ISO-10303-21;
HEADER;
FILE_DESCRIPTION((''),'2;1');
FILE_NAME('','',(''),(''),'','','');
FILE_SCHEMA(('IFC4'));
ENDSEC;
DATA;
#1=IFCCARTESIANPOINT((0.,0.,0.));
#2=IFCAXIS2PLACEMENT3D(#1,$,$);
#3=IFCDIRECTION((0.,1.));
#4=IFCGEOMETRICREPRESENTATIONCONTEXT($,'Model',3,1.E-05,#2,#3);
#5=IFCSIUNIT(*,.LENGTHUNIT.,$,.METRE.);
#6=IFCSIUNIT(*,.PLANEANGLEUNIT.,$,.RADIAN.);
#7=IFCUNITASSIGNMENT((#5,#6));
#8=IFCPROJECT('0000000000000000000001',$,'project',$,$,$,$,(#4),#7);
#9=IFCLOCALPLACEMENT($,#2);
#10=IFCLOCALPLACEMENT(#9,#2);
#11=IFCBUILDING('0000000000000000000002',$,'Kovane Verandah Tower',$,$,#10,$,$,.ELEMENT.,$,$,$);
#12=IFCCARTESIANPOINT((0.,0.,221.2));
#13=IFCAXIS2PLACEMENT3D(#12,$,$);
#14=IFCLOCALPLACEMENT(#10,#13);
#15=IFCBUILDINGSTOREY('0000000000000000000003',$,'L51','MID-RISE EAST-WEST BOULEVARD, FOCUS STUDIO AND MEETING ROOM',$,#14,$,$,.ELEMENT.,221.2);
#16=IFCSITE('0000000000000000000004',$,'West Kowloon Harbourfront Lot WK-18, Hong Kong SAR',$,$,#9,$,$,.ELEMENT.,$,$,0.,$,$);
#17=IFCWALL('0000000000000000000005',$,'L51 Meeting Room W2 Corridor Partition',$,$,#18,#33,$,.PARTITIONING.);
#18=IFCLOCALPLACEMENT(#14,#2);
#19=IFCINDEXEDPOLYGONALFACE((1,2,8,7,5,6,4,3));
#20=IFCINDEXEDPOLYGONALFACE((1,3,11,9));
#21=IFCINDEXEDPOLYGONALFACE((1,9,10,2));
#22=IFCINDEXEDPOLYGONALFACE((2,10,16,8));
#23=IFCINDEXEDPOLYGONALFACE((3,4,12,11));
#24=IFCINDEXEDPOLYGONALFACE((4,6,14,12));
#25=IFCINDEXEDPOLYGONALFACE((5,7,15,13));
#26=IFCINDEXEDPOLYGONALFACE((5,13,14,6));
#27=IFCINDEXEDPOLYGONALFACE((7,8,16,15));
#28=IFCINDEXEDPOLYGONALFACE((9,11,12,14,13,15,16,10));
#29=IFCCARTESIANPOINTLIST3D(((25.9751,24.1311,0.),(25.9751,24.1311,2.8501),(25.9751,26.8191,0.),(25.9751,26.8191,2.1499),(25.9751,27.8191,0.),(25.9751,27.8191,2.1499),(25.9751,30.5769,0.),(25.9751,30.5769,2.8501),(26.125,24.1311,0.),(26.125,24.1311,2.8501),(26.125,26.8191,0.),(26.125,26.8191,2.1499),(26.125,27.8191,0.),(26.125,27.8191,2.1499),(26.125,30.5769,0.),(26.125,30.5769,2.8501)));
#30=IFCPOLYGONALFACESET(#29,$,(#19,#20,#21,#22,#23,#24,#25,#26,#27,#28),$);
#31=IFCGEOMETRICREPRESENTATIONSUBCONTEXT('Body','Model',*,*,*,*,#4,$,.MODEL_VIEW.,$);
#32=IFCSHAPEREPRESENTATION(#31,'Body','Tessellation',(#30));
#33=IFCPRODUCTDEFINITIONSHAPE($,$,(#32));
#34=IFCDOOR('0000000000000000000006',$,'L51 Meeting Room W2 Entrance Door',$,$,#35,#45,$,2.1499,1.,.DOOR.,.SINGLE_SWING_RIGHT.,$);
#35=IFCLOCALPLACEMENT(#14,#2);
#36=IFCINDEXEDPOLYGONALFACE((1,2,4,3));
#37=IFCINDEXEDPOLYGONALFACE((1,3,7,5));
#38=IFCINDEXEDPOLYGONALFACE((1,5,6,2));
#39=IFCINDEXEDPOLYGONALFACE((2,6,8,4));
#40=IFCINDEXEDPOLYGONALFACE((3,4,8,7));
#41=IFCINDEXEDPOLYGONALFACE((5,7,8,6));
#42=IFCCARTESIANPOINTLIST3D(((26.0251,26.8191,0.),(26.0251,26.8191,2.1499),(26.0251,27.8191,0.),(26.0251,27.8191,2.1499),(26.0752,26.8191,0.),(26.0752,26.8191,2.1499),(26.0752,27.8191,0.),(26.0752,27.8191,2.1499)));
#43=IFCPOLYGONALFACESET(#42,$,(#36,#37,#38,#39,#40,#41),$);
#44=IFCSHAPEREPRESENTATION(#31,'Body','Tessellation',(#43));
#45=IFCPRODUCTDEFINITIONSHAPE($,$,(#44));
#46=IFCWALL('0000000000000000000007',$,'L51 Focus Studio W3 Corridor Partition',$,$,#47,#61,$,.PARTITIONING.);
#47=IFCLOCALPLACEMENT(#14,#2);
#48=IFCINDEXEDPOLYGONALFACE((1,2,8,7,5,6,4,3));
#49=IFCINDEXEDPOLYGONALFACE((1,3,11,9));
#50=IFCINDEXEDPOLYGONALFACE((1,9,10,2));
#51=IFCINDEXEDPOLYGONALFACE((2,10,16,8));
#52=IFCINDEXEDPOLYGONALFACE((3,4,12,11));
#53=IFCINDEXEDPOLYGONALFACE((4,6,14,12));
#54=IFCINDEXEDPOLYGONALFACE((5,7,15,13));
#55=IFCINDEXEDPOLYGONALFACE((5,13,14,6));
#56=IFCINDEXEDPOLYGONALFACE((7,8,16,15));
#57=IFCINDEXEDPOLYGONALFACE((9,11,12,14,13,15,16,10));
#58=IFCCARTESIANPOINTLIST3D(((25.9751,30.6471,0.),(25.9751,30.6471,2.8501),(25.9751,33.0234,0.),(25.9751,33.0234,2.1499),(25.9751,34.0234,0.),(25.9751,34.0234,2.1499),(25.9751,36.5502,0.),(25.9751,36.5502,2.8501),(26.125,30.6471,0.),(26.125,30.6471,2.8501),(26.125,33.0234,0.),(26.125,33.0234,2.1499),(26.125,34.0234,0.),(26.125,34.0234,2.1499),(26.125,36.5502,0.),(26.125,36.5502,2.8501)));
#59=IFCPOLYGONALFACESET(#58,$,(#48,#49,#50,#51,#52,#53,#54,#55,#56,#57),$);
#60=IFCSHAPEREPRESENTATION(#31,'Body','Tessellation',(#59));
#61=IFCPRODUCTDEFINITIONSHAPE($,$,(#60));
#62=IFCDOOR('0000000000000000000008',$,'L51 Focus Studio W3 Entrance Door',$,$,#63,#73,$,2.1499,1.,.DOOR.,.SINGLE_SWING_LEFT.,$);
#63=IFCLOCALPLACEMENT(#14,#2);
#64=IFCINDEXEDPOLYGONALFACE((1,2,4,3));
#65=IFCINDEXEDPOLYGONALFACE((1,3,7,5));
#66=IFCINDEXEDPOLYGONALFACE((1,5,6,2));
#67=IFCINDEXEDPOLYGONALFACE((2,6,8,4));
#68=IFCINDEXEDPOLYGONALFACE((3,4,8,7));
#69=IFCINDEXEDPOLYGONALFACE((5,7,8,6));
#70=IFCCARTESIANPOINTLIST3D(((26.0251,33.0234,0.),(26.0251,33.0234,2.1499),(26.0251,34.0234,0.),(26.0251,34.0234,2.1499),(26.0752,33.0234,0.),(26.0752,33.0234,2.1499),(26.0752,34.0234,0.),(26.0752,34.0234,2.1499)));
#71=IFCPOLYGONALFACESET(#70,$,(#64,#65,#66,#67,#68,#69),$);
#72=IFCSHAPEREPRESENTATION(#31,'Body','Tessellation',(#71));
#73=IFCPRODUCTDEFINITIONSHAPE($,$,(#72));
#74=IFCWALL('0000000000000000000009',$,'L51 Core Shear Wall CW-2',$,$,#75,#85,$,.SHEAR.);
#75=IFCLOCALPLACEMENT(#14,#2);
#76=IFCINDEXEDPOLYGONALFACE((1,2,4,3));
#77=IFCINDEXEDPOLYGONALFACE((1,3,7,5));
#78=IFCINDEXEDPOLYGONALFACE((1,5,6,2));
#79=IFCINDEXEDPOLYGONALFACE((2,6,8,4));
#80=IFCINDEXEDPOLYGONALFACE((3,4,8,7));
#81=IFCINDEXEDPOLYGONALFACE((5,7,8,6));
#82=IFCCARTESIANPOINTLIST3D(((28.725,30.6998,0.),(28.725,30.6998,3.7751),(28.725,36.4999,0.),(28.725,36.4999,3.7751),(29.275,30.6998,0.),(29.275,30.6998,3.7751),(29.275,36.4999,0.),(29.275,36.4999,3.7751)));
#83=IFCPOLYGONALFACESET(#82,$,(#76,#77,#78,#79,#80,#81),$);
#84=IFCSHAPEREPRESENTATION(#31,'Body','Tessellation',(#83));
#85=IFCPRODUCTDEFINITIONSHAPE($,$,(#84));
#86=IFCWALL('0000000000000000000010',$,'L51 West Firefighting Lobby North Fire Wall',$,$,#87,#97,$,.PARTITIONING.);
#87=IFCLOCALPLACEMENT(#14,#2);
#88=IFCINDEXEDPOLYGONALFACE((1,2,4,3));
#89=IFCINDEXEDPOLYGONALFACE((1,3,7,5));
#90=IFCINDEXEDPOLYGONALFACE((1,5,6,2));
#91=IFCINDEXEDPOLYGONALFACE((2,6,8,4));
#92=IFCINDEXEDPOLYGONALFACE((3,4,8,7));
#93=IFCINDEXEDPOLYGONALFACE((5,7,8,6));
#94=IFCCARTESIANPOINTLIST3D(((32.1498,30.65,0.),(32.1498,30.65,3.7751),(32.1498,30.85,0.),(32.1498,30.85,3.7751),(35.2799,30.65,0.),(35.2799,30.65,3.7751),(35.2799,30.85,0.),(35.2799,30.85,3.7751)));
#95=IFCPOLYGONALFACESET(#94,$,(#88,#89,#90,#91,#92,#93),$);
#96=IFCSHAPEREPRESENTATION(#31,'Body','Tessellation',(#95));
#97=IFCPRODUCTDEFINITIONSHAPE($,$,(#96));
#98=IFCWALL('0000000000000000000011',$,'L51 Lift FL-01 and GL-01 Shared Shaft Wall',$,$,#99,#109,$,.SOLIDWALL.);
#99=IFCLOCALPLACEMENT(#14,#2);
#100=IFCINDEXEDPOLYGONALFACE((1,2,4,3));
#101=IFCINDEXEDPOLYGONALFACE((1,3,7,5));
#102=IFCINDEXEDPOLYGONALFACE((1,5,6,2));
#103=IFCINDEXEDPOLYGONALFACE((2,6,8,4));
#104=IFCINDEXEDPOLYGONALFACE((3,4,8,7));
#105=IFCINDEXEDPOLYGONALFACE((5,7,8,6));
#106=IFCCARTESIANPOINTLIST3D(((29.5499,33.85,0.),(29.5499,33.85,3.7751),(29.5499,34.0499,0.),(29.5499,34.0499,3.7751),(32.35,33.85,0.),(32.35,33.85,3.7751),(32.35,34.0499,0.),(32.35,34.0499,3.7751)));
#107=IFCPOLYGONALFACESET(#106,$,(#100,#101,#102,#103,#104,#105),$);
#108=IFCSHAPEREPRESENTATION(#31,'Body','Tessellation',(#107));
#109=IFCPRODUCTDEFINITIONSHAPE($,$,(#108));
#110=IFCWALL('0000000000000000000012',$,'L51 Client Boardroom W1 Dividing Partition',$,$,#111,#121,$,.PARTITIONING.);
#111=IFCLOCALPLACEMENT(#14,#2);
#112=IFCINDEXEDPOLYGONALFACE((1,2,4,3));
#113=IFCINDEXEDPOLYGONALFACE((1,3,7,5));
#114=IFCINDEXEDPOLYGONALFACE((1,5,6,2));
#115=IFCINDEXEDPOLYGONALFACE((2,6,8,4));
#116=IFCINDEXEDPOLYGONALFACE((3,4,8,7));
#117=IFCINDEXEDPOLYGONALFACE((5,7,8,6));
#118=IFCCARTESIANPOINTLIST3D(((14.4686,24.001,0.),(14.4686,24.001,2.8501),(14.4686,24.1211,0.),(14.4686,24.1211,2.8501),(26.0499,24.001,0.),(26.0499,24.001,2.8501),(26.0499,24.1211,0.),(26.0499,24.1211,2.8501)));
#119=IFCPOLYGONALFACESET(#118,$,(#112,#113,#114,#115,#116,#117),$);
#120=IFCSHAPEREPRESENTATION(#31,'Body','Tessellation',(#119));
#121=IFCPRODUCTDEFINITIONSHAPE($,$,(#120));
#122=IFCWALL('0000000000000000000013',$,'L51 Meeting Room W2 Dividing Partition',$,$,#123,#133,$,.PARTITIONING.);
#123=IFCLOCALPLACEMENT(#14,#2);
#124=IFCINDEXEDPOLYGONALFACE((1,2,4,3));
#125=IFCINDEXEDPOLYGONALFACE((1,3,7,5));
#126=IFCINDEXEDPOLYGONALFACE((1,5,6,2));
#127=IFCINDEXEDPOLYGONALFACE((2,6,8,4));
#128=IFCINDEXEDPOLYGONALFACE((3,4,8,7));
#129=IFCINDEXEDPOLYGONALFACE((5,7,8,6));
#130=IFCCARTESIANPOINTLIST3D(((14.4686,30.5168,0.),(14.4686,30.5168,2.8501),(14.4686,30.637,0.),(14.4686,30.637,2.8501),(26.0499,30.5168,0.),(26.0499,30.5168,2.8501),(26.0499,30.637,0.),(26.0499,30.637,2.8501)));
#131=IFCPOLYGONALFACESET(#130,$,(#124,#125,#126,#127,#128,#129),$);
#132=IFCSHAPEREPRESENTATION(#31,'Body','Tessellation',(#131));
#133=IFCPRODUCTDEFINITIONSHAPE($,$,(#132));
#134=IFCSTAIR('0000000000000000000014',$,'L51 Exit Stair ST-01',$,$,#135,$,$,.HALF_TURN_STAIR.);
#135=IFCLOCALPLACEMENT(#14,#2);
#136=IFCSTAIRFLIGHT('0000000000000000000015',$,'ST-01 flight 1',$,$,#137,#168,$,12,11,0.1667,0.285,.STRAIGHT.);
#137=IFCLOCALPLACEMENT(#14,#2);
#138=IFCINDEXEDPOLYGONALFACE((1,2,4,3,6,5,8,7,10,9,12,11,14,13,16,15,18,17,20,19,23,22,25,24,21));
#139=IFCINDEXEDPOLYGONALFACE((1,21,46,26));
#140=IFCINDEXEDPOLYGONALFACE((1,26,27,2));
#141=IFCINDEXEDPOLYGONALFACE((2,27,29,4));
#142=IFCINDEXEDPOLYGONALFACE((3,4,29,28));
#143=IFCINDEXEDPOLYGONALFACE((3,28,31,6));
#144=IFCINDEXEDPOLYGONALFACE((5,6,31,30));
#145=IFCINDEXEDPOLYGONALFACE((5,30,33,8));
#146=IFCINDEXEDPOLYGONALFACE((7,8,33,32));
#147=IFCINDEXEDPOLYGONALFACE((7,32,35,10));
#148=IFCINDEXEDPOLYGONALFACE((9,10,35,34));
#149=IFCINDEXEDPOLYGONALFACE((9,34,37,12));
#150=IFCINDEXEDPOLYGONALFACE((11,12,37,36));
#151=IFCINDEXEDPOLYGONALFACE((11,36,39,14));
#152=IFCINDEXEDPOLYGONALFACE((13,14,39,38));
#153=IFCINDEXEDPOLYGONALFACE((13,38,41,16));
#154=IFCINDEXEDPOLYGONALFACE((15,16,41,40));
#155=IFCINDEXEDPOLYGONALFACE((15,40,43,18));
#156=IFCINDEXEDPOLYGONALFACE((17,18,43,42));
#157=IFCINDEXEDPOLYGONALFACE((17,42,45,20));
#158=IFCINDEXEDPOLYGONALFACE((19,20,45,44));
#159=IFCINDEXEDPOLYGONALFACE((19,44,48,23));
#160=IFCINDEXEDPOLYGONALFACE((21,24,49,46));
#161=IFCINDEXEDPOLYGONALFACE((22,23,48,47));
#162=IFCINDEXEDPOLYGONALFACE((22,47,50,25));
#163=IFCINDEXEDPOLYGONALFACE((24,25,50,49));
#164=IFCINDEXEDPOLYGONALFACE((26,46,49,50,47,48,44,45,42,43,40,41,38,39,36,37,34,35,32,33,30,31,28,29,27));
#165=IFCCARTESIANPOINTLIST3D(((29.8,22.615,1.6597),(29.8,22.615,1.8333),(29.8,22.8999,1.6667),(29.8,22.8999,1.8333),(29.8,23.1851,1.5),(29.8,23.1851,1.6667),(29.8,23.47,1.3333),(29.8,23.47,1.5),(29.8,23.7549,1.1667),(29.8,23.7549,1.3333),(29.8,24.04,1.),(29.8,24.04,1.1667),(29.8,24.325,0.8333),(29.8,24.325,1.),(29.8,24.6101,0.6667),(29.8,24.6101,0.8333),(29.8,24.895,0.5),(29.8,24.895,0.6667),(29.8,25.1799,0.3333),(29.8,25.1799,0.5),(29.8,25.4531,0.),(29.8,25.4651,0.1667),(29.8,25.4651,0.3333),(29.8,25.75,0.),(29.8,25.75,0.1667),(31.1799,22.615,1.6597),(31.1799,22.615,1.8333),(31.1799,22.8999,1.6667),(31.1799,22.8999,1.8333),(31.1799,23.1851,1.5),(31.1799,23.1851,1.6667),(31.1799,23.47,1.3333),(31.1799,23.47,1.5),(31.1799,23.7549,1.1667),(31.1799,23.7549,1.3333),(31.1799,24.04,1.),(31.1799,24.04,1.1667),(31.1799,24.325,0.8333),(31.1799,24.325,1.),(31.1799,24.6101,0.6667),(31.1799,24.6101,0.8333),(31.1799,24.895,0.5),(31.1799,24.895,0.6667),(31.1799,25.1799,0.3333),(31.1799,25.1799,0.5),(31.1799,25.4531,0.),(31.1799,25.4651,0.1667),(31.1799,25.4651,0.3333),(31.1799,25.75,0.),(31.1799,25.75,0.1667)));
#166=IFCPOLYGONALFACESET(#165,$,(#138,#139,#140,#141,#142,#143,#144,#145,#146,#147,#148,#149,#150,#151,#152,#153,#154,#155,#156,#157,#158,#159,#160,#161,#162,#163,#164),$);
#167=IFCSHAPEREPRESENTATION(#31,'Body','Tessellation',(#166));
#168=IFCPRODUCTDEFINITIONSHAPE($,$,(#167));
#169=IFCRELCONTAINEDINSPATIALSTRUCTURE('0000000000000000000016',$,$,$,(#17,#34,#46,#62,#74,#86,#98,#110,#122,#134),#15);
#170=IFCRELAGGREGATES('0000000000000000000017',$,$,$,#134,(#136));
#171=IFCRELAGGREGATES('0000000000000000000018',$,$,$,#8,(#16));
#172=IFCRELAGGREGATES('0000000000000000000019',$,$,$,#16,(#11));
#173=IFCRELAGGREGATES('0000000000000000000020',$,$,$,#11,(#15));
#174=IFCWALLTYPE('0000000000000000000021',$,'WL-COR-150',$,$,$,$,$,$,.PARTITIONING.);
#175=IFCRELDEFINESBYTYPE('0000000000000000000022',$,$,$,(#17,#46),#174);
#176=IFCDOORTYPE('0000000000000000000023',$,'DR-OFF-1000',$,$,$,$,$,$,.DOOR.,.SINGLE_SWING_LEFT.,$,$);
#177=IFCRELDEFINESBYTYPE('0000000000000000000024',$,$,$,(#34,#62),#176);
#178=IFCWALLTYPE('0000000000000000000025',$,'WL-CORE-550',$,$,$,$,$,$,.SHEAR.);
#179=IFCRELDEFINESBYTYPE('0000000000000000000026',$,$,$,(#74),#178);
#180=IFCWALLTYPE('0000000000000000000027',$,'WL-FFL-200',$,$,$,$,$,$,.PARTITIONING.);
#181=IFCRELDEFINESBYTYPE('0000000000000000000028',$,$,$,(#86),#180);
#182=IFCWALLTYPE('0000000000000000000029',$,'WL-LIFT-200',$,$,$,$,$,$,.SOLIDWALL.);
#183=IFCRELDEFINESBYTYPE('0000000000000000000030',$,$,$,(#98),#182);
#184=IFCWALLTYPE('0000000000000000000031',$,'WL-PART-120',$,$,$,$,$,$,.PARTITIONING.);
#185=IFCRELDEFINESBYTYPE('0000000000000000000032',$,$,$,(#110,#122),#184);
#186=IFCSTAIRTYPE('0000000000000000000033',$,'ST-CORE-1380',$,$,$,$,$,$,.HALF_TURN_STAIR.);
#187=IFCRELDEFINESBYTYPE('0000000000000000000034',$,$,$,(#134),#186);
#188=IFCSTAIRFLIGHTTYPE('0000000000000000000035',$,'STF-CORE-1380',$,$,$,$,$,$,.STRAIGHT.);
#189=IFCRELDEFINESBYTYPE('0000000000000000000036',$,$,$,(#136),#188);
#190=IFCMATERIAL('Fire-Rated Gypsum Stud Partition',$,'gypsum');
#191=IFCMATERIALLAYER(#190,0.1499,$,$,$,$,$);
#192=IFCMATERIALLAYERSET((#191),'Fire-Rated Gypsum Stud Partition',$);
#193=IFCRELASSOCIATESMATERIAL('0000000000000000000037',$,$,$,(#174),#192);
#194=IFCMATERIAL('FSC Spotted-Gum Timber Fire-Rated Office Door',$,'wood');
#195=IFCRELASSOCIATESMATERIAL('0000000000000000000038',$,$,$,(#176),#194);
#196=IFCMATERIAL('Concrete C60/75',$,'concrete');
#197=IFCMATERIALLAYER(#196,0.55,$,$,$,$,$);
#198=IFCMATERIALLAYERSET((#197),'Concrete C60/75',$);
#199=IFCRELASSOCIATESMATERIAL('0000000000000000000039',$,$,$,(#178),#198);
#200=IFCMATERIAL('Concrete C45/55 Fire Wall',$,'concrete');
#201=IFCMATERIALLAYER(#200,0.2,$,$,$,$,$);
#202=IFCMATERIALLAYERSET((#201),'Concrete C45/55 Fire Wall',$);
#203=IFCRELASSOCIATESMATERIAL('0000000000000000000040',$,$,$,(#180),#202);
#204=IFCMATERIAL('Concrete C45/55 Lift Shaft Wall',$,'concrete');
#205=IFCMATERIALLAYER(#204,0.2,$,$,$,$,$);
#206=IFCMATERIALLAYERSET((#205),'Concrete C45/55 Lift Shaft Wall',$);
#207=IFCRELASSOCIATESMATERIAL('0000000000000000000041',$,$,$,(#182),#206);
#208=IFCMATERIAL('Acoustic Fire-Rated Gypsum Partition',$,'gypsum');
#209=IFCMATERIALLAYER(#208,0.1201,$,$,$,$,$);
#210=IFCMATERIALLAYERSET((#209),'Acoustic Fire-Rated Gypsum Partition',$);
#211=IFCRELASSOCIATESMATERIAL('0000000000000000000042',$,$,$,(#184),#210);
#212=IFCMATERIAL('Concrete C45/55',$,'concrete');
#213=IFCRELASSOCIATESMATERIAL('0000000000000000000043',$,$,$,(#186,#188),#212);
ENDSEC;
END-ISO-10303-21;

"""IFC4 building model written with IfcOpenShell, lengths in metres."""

from ifc_helpers import new_model, si_unit, direction, frame, frame_2d, origin, place, context, subcontext, project, spatial, polyline, rectangle, outline, extrude, material, layer, layer_set, type_object, element, fill, aggregate, save


model = new_model("IFC4")

# Units and contexts
model_context = context("Model", 3, precision=1e-05, world=origin(), true_north=direction((0.0, 1.0)))
body_context = subcontext(model_context, "Body", "Model", "MODEL_VIEW")
ifc_project = project(units=[si_unit("LENGTHUNIT", "METRE"), si_unit("PLANEANGLEUNIT", "RADIAN")], contexts=[model_context])

# Site, building, storey
site_placement = place(None, origin())
site = spatial("IfcSite", under=ifc_project, at=site_placement, Name="West Kowloon Harbourfront Lot WK-18, Hong Kong SAR", CompositionType="ELEMENT", RefElevation=0.0)
building_placement = place(site_placement, origin())
building = spatial("IfcBuilding", under=site, at=building_placement, Name="Kovane Verandah Tower", CompositionType="ELEMENT")
storey_placement = place(building_placement, frame((0.0, 0.0, 221.2)))
storey = spatial("IfcBuildingStorey", under=building, at=storey_placement, Name="L51", Description="MID-RISE EAST-WEST BOULEVARD, FOCUS STUDIO AND MEETING ROOM", CompositionType="ELEMENT", Elevation=221.2)

# Shared definitions
ifc_material_1 = material(Name="Concrete C60/75", Category="concrete")

# Walls, openings, doors
ifc_material_2 = material(Name="Fire-Rated Gypsum Stud Partition", Category="gypsum")
ifc_layer_1 = layer(ifc_material_2, 0.1499)
ifc_layer_set_1 = layer_set([ifc_layer_1], Name="Fire-Rated Gypsum Stud Partition")
wall_type_1 = type_object("IfcWallType", Name="WL-COR-150", PredefinedType="PARTITIONING", material=ifc_layer_set_1)
wall_1_placement = place(storey_placement, frame((26.05, 24.1311, 0.0), z_axis=(0.0, 0.0, 1.0), x_axis=(0.0, 1.0, 0.0)))
wall_1 = element("IfcWall", 1, at=wall_1_placement, inside=storey, type_object=wall_type_1, Name="L51 Meeting Room W2 Corridor Partition", PredefinedType="PARTITIONING", context=body_context, shape_type="SweptSolid", body=[
    extrude(rectangle(XDim=6.4458, YDim=0.1499, at=frame_2d((3.2229, 0.0))), origin(), (0.0, 0.0, 1.0), 2.8501),
])
opening_1_placement = place(wall_1_placement, frame((2.688, 0.0, 0.0)))
opening_1 = element("IfcOpeningElement", 2, at=opening_1_placement, cuts=wall_1, PredefinedType="OPENING", context=body_context, shape_type="SweptSolid", body=[
    extrude(rectangle(XDim=1.0, YDim=2.1499, at=frame_2d((0.5, 1.075))), frame((0.0, 0.075, 0.0), z_axis=(0.0, -1.0, 0.0), x_axis=(1.0, 0.0, 0.0)), (0.0, 0.0, 1.0), 0.1499),
])
ifc_material_3 = material(Name="FSC Spotted-Gum Timber Fire-Rated Office Door", Category="wood")
door_type_1 = type_object("IfcDoorType", Name="DR-OFF-1000", OperationType="SINGLE_SWING_LEFT", PredefinedType="DOOR", material=ifc_material_3)
door_1_placement = place(opening_1_placement, origin())
door_1 = element("IfcDoor", 3, at=door_1_placement, inside=storey, type_object=door_type_1, Name="L51 Meeting Room W2 Entrance Door", OperationType="SINGLE_SWING_RIGHT", OverallHeight=2.1499, OverallWidth=1.0, PredefinedType="DOOR", context=body_context, shape_type="SweptSolid", body=[
    extrude(rectangle(XDim=1.0, YDim=2.1499, at=frame_2d((0.5, 1.075))), frame((0.0, 0.0249, 0.0), z_axis=(0.0, -1.0, 0.0), x_axis=(1.0, 0.0, 0.0)), (0.0, 0.0, 1.0), 0.05),
])
fill(opening_1, door_1)
wall_2_placement = place(storey_placement, frame((26.05, 30.647, 0.0), z_axis=(0.0, 0.0, 1.0), x_axis=(0.0, 1.0, 0.0)))
wall_2 = element("IfcWall", 4, at=wall_2_placement, inside=storey, type_object=wall_type_1, Name="L51 Focus Studio W3 Corridor Partition", PredefinedType="PARTITIONING", context=body_context, shape_type="SweptSolid", body=[
    extrude(rectangle(XDim=5.9031, YDim=0.1499, at=frame_2d((2.9517, 0.0))), origin(), (0.0, 0.0, 1.0), 2.8501),
])
opening_2_placement = place(wall_2_placement, frame((2.3765, 0.0, 0.0)))
opening_2 = element("IfcOpeningElement", 5, at=opening_2_placement, cuts=wall_2, PredefinedType="OPENING", context=body_context, shape_type="SweptSolid", body=[
    extrude(rectangle(XDim=1.0, YDim=2.1499, at=frame_2d((0.5, 1.075))), frame((0.0, 0.075, 0.0), z_axis=(0.0, -1.0, 0.0), x_axis=(1.0, 0.0, 0.0)), (0.0, 0.0, 1.0), 0.1499),
])
door_2_placement = place(opening_2_placement, origin())
door_2 = element("IfcDoor", 6, at=door_2_placement, inside=storey, type_object=door_type_1, Name="L51 Focus Studio W3 Entrance Door", OperationType="SINGLE_SWING_LEFT", OverallHeight=2.1499, OverallWidth=1.0, PredefinedType="DOOR", context=body_context, shape_type="SweptSolid", body=[
    extrude(rectangle(XDim=1.0, YDim=2.1499, at=frame_2d((0.5, 1.075))), frame((0.0, 0.0249, 0.0), z_axis=(0.0, -1.0, 0.0), x_axis=(1.0, 0.0, 0.0)), (0.0, 0.0, 1.0), 0.05),
])
fill(opening_2, door_2)

# Wall
ifc_layer_2 = layer(ifc_material_1, 0.55)
ifc_layer_set_2 = layer_set([ifc_layer_2], Name="Concrete C60/75")
wall_type_2 = type_object("IfcWallType", Name="WL-CORE-550", PredefinedType="SHEAR", material=ifc_layer_set_2)
wall_3_placement = place(storey_placement, frame((29.0, 30.7, 0.0), z_axis=(0.0, 0.0, 1.0), x_axis=(0.0, 1.0, 0.0)))
element("IfcWall", 7, at=wall_3_placement, inside=storey, type_object=wall_type_2, Name="L51 Core Shear Wall CW-2", PredefinedType="SHEAR", context=body_context, shape_type="SweptSolid", body=[
    extrude(rectangle(XDim=5.8, YDim=0.55, at=frame_2d((2.8999, 0.0))), origin(), (0.0, 0.0, 1.0), 3.7751),
])

# Shared definitions
ifc_material_4 = material(Name="Concrete C45/55 Fire Wall", Category="concrete")
ifc_layer_3 = layer(ifc_material_4, 0.2)
ifc_layer_set_3 = layer_set([ifc_layer_3], Name="Concrete C45/55 Fire Wall")
wall_type_3 = type_object("IfcWallType", Name="WL-FFL-200", PredefinedType="PARTITIONING", material=ifc_layer_set_3)

# Wall
wall_4_placement = place(storey_placement, frame((32.1499, 30.75, 0.0), z_axis=(0.0, 0.0, 1.0), x_axis=(1.0, 0.0, 0.0)))
element("IfcWall", 8, at=wall_4_placement, inside=storey, type_object=wall_type_3, Name="L51 West Firefighting Lobby North Fire Wall", PredefinedType="PARTITIONING", context=body_context, shape_type="SweptSolid", body=[
    extrude(rectangle(XDim=3.1301, YDim=0.2, at=frame_2d((1.5649, 0.0))), origin(), (0.0, 0.0, 1.0), 3.7751),
])

# Shared definitions
ifc_material_5 = material(Name="Concrete C45/55 Lift Shaft Wall", Category="concrete")
ifc_layer_4 = layer(ifc_material_5, 0.2)
ifc_layer_set_4 = layer_set([ifc_layer_4], Name="Concrete C45/55 Lift Shaft Wall")
wall_type_4 = type_object("IfcWallType", Name="WL-LIFT-200", PredefinedType="SOLIDWALL", material=ifc_layer_set_4)

# Walls
wall_5_placement = place(storey_placement, frame((29.55, 33.95, 0.0), z_axis=(0.0, 0.0, 1.0), x_axis=(1.0, 0.0, 0.0)))
element("IfcWall", 9, at=wall_5_placement, inside=storey, type_object=wall_type_4, Name="L51 Lift FL-01 and GL-01 Shared Shaft Wall", PredefinedType="SOLIDWALL", context=body_context, shape_type="SweptSolid", body=[
    extrude(rectangle(XDim=2.8, YDim=0.2, at=frame_2d((1.3999, 0.0))), origin(), (0.0, 0.0, 1.0), 3.7751),
])
ifc_material_6 = material(Name="Acoustic Fire-Rated Gypsum Partition", Category="gypsum")
ifc_layer_5 = layer(ifc_material_6, 0.1201)
ifc_layer_set_5 = layer_set([ifc_layer_5], Name="Acoustic Fire-Rated Gypsum Partition")
wall_type_5 = type_object("IfcWallType", Name="WL-PART-120", PredefinedType="PARTITIONING", material=ifc_layer_set_5)
for number, where, z_axis, x_axis, name in (
    (10, (14.4688, 24.061, 0.0), (0.0, 0.0, 1.0), (1.0, 0.0, 0.0), "L51 Client Boardroom W1 Dividing Partition"),
    (11, (14.4688, 30.5769, 0.0), (0.0, 0.0, 1.0), (1.0, 0.0, 0.0), "L51 Meeting Room W2 Dividing Partition"),
):
    element("IfcWall", number, at=place(storey_placement, frame(where, z_axis=z_axis, x_axis=x_axis)), inside=storey, type_object=wall_type_5, Name=name, PredefinedType="PARTITIONING", context=body_context, shape_type="SweptSolid", body=[
        extrude(rectangle(XDim=11.5813, YDim=0.1201, at=frame_2d((5.7905, 0.0))), origin(), (0.0, 0.0, 1.0), 2.8501),
    ])

# Shared definitions
ifc_material_7 = material(Name="Concrete C45/55", Category="concrete")

# Stair, stair flight
stair_type = type_object("IfcStairType", Name="ST-CORE-1380", PredefinedType="HALF_TURN_STAIR", material=ifc_material_7)
stair_placement = place(storey_placement, origin())
stair = element("IfcStair", 12, at=stair_placement, inside=storey, type_object=stair_type, Name="L51 Exit Stair ST-01", PredefinedType="HALF_TURN_STAIR")
stair_flight_type = type_object("IfcStairFlightType", Name="STF-CORE-1380", PredefinedType="STRAIGHT", material=ifc_material_7)
stair_flight_1_placement = place(storey_placement, frame((30.49, 25.75, 0.0), z_axis=(0.0, 0.0, 1.0), x_axis=(0.0, -1.0, 0.0)))
stair_flight_1 = element("IfcStairFlight", 13, at=stair_flight_1_placement, type_object=stair_flight_type, Name="ST-01 flight 1", NumberOfRisers=12, NumberOfTreads=11, PredefinedType="STRAIGHT", RiserHeight=0.1667, TreadLength=0.285, context=body_context, shape_type="SweptSolid", body=[
    extrude(outline(polyline([(0.0, 0.0), (0.0, 0.1667), (0.2849, 0.1667), (0.2849, 0.3333), (0.5701, 0.3333), (0.5701, 0.5), (0.855, 0.5), (0.855, 0.6667), (1.1399, 0.6667), (1.1399, 0.8333), (1.425, 0.8333), (1.425, 1.0), (1.71, 1.0), (1.71, 1.1667), (1.9951, 1.1667), (1.9951, 1.3333), (2.28, 1.3333), (2.28, 1.5), (2.5649, 1.5), (2.5649, 1.6667), (2.8501, 1.6667), (2.8501, 1.8333), (3.135, 1.8333), (3.135, 2.0), (3.135, 1.6597), (0.2969, 0.0), (0.0, 0.0)])), frame((0.0, 0.6899, 0.0), z_axis=(0.0, -1.0, 0.0), x_axis=(1.0, 0.0, 0.0)), (0.0, 0.0, 1.0), 1.3799),
])
aggregate(stair, [stair_flight_1])

save(model, "model.ifc")
